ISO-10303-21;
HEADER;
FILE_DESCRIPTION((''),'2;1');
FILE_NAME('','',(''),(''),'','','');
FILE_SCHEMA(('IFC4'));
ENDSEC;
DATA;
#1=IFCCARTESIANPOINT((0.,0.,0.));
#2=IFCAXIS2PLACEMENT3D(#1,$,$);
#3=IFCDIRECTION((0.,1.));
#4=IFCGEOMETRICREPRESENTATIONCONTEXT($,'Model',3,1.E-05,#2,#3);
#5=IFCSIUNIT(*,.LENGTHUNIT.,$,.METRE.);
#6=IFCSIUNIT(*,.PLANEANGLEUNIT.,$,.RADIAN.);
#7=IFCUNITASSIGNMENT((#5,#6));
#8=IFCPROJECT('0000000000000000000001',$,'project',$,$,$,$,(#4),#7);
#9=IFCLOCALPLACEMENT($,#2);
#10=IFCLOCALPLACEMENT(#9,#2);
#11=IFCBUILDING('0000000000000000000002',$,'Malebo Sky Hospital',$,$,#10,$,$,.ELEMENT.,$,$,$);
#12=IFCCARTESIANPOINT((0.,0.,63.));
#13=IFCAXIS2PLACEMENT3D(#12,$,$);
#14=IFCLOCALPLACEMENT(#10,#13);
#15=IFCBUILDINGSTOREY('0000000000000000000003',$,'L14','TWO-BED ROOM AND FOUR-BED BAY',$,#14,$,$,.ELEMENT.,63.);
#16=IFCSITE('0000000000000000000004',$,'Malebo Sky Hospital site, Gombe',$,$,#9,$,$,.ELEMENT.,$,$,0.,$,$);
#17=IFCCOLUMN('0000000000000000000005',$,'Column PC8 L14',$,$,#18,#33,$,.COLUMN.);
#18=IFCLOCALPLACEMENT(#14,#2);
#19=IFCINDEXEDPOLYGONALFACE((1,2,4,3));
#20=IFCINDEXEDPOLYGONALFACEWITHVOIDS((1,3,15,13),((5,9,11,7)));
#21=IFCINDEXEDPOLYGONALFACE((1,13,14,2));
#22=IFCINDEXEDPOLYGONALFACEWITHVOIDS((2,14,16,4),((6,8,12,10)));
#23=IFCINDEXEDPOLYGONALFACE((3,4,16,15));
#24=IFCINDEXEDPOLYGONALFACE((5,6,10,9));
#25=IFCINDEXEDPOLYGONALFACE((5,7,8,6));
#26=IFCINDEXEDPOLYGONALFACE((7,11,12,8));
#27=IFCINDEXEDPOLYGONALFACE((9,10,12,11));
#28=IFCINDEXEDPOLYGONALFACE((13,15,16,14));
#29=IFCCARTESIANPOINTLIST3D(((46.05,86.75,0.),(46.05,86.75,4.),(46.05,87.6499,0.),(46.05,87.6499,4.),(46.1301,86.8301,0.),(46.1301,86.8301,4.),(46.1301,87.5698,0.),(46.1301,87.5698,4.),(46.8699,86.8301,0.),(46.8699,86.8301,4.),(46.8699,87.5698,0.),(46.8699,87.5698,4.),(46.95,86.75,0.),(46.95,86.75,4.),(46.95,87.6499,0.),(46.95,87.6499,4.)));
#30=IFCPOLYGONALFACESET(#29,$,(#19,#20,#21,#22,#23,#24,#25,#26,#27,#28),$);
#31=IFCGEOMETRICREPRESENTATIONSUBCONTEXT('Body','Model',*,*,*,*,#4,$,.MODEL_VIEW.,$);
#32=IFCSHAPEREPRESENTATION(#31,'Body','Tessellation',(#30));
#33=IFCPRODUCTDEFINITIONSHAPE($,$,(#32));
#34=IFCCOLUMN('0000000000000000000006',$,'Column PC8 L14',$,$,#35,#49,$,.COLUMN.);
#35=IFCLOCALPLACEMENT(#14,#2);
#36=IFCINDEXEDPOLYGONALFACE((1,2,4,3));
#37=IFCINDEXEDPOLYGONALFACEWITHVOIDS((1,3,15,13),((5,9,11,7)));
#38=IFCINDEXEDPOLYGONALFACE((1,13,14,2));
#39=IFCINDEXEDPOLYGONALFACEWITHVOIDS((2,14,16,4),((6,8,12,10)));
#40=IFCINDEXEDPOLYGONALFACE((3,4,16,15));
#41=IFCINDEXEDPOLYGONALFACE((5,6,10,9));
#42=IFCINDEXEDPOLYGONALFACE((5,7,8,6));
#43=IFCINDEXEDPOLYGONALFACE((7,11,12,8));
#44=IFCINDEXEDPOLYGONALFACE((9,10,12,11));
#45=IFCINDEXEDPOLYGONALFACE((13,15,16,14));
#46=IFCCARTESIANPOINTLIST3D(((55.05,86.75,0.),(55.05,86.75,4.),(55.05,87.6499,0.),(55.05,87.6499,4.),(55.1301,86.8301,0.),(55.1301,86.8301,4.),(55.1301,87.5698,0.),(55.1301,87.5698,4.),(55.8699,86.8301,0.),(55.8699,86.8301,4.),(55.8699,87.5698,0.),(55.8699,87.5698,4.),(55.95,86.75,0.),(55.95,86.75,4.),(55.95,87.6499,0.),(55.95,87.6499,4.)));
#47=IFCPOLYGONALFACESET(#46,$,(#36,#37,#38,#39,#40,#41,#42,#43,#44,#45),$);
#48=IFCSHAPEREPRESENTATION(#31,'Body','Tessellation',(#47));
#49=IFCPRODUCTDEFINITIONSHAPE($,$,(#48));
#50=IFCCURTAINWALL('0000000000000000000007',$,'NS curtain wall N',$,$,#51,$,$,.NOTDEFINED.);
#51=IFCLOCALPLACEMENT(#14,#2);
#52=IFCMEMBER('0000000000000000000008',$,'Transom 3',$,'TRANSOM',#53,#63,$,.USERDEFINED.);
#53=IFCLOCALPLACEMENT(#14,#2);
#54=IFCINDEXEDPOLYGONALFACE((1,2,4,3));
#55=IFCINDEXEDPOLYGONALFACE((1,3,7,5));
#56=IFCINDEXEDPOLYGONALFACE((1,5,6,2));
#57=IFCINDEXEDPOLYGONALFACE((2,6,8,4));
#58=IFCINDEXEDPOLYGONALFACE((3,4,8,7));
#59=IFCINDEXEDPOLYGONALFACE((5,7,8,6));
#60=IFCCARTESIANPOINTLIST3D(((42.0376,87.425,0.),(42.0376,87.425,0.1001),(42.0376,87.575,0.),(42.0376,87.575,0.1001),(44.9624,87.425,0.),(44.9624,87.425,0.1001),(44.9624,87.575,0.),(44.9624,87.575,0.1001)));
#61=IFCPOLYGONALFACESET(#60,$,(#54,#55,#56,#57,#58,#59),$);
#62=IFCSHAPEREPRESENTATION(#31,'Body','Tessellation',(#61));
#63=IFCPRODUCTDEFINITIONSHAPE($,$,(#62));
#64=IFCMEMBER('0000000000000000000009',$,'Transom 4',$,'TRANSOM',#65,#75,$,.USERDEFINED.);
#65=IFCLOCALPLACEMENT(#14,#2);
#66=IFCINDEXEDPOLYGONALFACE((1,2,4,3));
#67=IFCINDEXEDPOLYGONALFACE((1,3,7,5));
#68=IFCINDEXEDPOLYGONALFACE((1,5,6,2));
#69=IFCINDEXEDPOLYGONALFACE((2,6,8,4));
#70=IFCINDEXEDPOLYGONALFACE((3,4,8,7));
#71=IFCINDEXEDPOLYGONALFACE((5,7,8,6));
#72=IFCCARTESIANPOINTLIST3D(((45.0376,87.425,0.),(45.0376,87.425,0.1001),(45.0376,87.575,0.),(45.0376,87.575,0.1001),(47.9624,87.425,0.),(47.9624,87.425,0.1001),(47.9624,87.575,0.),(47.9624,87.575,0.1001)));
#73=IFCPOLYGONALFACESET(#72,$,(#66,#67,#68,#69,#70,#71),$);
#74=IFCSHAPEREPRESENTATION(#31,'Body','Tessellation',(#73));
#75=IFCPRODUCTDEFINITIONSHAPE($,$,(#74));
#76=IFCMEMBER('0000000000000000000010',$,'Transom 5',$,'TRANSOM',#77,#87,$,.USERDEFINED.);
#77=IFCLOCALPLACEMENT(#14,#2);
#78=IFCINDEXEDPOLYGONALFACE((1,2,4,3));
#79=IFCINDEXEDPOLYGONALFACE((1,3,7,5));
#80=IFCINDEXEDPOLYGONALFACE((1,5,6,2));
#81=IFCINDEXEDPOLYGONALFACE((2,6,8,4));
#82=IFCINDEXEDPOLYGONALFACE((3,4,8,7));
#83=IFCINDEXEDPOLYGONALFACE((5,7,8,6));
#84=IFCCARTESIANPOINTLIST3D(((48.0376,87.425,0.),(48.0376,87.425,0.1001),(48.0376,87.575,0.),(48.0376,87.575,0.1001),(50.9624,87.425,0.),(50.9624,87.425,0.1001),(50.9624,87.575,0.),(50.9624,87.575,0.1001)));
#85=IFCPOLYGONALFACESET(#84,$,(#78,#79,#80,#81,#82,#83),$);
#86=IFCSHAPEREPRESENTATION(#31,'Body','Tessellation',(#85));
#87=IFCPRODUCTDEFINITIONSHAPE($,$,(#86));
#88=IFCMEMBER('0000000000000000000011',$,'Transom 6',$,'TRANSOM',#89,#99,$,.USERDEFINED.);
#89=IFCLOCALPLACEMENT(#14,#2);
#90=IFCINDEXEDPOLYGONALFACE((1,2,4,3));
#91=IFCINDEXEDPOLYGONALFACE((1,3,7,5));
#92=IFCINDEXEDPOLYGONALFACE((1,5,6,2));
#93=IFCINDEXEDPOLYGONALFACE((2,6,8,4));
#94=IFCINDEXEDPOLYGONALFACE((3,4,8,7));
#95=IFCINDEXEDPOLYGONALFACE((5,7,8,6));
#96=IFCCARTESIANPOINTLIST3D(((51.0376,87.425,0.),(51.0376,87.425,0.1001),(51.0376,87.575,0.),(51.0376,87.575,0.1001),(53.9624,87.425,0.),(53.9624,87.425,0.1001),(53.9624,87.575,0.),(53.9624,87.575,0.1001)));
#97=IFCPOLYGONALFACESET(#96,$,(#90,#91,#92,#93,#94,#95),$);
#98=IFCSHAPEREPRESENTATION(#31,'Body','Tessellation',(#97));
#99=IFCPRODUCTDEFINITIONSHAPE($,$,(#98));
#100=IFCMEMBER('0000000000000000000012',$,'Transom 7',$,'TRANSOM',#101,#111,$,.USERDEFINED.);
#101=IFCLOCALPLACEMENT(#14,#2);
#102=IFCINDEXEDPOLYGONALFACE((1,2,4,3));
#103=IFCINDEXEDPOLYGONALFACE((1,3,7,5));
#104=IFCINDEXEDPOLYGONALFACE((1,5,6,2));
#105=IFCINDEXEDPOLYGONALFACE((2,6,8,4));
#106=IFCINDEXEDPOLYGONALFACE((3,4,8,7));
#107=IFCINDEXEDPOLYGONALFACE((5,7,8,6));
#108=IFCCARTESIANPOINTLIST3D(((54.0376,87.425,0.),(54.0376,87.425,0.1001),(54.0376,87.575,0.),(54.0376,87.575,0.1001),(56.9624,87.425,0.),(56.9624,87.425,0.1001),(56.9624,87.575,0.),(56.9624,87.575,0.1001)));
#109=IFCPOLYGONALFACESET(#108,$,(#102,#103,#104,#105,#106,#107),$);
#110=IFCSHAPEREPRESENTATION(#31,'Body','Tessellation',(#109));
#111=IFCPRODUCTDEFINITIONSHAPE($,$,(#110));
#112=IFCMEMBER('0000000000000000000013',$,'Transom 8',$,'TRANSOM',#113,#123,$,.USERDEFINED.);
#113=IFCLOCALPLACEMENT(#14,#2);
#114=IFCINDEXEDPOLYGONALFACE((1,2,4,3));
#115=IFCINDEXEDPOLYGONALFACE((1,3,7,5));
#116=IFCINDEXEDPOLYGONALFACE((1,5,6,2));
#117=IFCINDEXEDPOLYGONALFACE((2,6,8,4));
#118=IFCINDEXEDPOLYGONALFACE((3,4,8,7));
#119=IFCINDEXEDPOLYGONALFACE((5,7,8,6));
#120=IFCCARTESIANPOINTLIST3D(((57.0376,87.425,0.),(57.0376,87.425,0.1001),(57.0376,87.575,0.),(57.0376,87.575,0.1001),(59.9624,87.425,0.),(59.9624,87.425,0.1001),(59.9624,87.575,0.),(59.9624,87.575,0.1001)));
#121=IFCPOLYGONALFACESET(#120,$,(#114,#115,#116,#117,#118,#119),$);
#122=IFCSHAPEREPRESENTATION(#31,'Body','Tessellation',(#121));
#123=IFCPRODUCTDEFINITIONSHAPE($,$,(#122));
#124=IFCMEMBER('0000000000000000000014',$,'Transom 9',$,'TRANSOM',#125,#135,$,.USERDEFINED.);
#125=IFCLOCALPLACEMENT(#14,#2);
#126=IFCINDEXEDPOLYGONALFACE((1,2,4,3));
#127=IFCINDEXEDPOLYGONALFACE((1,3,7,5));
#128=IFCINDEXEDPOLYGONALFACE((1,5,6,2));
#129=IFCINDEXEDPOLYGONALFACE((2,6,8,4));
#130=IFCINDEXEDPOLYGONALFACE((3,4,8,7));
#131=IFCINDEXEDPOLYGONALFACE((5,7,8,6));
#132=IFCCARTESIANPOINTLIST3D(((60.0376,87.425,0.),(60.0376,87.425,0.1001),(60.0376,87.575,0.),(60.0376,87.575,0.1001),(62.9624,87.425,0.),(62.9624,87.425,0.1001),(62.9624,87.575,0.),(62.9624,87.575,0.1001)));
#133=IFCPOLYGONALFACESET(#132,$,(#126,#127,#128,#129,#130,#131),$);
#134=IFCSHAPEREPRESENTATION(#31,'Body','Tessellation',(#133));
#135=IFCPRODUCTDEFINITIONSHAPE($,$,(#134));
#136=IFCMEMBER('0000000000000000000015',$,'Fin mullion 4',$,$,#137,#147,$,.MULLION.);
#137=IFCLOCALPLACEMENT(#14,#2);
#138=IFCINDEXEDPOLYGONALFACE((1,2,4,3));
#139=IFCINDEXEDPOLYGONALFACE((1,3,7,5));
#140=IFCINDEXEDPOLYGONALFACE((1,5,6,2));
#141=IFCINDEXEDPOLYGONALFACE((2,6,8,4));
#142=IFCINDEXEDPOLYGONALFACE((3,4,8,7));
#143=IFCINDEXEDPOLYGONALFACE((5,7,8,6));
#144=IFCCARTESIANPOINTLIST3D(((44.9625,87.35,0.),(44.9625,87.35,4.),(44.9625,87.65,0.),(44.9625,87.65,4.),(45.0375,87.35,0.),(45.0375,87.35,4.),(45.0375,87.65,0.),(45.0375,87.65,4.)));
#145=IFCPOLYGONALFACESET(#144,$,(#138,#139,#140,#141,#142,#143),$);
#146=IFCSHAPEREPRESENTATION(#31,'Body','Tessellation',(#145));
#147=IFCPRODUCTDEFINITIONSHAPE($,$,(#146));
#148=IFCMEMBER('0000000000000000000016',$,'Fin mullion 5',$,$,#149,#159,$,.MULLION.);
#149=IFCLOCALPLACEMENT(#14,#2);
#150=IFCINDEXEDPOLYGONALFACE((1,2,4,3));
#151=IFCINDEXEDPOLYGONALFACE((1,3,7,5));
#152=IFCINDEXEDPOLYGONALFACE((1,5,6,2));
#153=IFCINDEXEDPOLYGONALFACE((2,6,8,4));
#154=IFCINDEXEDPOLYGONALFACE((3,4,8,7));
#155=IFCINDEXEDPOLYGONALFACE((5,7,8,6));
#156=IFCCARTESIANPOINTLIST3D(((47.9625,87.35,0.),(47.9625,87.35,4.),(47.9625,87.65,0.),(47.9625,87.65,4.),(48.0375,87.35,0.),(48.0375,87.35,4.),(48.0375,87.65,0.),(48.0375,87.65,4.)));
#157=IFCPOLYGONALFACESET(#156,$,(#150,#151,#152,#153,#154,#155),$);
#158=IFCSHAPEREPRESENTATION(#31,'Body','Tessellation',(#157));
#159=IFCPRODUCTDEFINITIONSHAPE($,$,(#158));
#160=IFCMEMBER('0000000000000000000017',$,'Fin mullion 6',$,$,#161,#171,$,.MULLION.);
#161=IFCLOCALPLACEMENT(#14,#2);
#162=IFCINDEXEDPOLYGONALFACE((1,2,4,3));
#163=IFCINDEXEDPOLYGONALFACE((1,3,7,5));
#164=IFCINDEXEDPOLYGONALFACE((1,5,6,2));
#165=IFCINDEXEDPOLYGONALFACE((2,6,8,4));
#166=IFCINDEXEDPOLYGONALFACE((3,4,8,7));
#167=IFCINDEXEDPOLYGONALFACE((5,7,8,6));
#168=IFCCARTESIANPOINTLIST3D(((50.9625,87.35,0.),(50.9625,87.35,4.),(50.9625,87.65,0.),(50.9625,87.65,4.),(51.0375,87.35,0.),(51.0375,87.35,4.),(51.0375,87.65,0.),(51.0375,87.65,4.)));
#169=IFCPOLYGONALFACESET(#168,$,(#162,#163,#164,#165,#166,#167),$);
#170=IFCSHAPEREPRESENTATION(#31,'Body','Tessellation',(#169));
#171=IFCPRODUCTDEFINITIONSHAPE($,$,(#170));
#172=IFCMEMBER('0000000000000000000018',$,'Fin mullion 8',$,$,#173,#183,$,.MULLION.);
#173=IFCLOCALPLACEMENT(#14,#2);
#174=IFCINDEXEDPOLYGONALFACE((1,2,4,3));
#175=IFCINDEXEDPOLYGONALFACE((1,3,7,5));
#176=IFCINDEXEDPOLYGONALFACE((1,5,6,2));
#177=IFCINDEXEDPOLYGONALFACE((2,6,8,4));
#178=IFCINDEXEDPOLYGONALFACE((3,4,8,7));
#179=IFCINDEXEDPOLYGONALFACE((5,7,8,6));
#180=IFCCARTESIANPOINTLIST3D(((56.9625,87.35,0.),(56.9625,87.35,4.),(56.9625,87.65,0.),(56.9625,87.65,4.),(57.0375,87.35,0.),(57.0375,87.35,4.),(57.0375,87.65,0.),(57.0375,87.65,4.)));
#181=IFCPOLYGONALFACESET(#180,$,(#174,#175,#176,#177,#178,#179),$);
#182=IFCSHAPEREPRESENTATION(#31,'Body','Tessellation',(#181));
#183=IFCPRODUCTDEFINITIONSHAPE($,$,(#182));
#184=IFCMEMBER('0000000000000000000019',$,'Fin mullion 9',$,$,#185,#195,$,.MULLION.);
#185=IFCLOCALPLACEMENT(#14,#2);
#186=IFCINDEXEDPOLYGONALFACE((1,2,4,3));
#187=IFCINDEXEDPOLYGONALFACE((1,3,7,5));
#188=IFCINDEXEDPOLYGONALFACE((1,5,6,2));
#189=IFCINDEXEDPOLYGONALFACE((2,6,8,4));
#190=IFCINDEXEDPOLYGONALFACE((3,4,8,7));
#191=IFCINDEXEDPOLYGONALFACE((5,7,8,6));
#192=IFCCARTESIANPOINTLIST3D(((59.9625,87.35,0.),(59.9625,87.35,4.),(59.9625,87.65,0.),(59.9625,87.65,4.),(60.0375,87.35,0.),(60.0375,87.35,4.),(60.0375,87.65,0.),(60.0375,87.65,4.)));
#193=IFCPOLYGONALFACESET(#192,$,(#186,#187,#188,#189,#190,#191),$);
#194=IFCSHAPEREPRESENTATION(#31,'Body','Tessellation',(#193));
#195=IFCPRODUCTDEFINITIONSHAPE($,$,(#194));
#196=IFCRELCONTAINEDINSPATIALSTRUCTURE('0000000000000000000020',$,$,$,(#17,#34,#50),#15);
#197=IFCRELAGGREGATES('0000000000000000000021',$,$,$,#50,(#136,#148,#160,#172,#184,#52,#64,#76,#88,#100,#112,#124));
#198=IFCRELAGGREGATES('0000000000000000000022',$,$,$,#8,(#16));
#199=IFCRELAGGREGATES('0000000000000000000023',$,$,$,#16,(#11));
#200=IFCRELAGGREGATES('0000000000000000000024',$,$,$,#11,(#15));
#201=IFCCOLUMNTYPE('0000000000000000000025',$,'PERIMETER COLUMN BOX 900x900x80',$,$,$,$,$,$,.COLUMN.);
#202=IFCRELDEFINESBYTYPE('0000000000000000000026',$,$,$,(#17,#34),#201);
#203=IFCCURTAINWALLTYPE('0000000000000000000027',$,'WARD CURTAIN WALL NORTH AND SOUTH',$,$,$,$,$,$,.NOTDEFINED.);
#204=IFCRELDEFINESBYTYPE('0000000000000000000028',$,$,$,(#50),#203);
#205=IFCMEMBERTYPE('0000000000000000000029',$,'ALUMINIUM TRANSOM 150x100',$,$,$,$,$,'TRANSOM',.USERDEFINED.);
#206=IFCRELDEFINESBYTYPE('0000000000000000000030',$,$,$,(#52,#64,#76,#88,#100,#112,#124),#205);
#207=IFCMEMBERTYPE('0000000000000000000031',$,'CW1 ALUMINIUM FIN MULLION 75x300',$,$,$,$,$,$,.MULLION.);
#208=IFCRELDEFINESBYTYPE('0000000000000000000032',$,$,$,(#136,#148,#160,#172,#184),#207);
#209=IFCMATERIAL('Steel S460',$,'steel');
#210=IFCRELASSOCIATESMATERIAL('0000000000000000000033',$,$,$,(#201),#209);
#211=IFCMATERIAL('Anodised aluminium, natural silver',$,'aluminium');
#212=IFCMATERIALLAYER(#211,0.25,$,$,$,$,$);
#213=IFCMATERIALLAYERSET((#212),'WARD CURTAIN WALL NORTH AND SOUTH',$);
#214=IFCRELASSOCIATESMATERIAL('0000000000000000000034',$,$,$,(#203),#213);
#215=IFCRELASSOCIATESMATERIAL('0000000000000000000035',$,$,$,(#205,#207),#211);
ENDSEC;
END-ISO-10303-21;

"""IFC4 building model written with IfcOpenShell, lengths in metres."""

from ifc_helpers import new_model, si_unit, direction, frame, origin, origin_2d, place, context, subcontext, project, spatial, rectangle, hollow_rectangle, extrude, material, layer, layer_set, material_profile, profile_set, type_object, element, aggregate, save


model = new_model("IFC4")

# Units and contexts
model_context = context("Model", 3, precision=1e-05, world=origin(), true_north=direction((0.0, 1.0)))
body_context = subcontext(model_context, "Body", "Model", "MODEL_VIEW")
ifc_project = project(units=[si_unit("LENGTHUNIT", "METRE"), si_unit("PLANEANGLEUNIT", "RADIAN")], contexts=[model_context])

# Site, building, storey
site_placement = place(None, origin())
site = spatial("IfcSite", under=ifc_project, at=site_placement, Name="Malebo Sky Hospital site, Gombe", CompositionType="ELEMENT", RefElevation=0.0)
building_placement = place(site_placement, origin())
building = spatial("IfcBuilding", under=site, at=building_placement, Name="Malebo Sky Hospital", CompositionType="ELEMENT")
storey_placement = place(building_placement, frame((0.0, 0.0, 63.0)))
storey = spatial("IfcBuildingStorey", under=building, at=storey_placement, Name="L14", Description="TWO-BED ROOM AND FOUR-BED BAY", CompositionType="ELEMENT", Elevation=63.0)

# Columns
ifc_material_1 = material(Name="Steel S460", Category="steel")
ifc_material_profile_1 = material_profile(ifc_material_1, hollow_rectangle(XDim=0.8999, YDim=0.8999, WallThickness=0.0801, at=origin_2d()), Name="BOX 900x900x80")
ifc_profile_set_1 = profile_set([ifc_material_profile_1], Name="Steel S460")
column_type = type_object("IfcColumnType", Name="PERIMETER COLUMN BOX 900x900x80", PredefinedType="COLUMN", material=ifc_profile_set_1)
for number, where, z_axis, x_axis, name in (
    (1, (46.5, 87.2, 0.0), (0.0, 0.0, 1.0), (1.0, 0.0, 0.0), "Column PC8 L14"),
    (2, (55.5, 87.2, 0.0), (0.0, 0.0, 1.0), (1.0, 0.0, 0.0), "Column PC8 L14"),
):
    element("IfcColumn", number, at=place(storey_placement, frame(where, z_axis=z_axis, x_axis=x_axis)), inside=storey, type_object=column_type, Name=name, PredefinedType="COLUMN", context=body_context, shape_type="SweptSolid", body=[
        extrude(hollow_rectangle(XDim=0.8999, YDim=0.8999, WallThickness=0.0801, at=origin_2d()), origin(), (0.0, 0.0, 1.0), 4.0),
    ])

# Curtain wall, members
ifc_material_2 = material(Name="Anodised aluminium, natural silver", Category="aluminium")
ifc_layer_1 = layer(ifc_material_2, 0.25)
ifc_layer_set_1 = layer_set([ifc_layer_1], Name="WARD CURTAIN WALL NORTH AND SOUTH")
curtain_wall_type = type_object("IfcCurtainWallType", Name="WARD CURTAIN WALL NORTH AND SOUTH", PredefinedType="NOTDEFINED", material=ifc_layer_set_1)
curtain_wall_placement = place(storey_placement, origin())
curtain_wall = element("IfcCurtainWall", 3, at=curtain_wall_placement, inside=storey, type_object=curtain_wall_type, Name="NS curtain wall N", PredefinedType="NOTDEFINED")
ifc_material_profile_2 = material_profile(ifc_material_2, rectangle(XDim=0.1499, YDim=0.1001, at=origin_2d()), Name="ALUMINIUM TRANSOM 150x100")
ifc_profile_set_2 = profile_set([ifc_material_profile_2], Name="Anodised aluminium, natural silver")
member_type_1 = type_object("IfcMemberType", Name="ALUMINIUM TRANSOM 150x100", ElementType="TRANSOM", PredefinedType="USERDEFINED", material=ifc_profile_set_2)
member_1_placement = place(storey_placement, frame((42.0376, 87.5, 0.05), z_axis=(1.0, 0.0, 0.0), x_axis=(0.0, 1.0, 0.0)))
member_1 = element("IfcMember", 4, at=member_1_placement, type_object=member_type_1, Name="Transom 3", ObjectType="TRANSOM", PredefinedType="USERDEFINED", context=body_context, shape_type="SweptSolid", body=[
    extrude(rectangle(XDim=0.1499, YDim=0.1001, at=origin_2d()), origin(), (0.0, 0.0, 1.0), 2.9248),
])
member_2_placement = place(storey_placement, frame((45.0376, 87.5, 0.05), z_axis=(1.0, 0.0, 0.0), x_axis=(0.0, 1.0, 0.0)))
member_2 = element("IfcMember", 5, at=member_2_placement, type_object=member_type_1, Name="Transom 4", ObjectType="TRANSOM", PredefinedType="USERDEFINED", context=body_context, shape_type="SweptSolid", body=[
    extrude(rectangle(XDim=0.1499, YDim=0.1001, at=origin_2d()), origin(), (0.0, 0.0, 1.0), 2.9248),
])
member_3_placement = place(storey_placement, frame((48.0376, 87.5, 0.05), z_axis=(1.0, 0.0, 0.0), x_axis=(0.0, 1.0, 0.0)))
member_3 = element("IfcMember", 6, at=member_3_placement, type_object=member_type_1, Name="Transom 5", ObjectType="TRANSOM", PredefinedType="USERDEFINED", context=body_context, shape_type="SweptSolid", body=[
    extrude(rectangle(XDim=0.1499, YDim=0.1001, at=origin_2d()), origin(), (0.0, 0.0, 1.0), 2.9248),
])
member_4_placement = place(storey_placement, frame((51.0376, 87.5, 0.05), z_axis=(1.0, 0.0, 0.0), x_axis=(0.0, 1.0, 0.0)))
member_4 = element("IfcMember", 7, at=member_4_placement, type_object=member_type_1, Name="Transom 6", ObjectType="TRANSOM", PredefinedType="USERDEFINED", context=body_context, shape_type="SweptSolid", body=[
    extrude(rectangle(XDim=0.1499, YDim=0.1001, at=origin_2d()), origin(), (0.0, 0.0, 1.0), 2.9248),
])
member_5_placement = place(storey_placement, frame((54.0376, 87.5, 0.05), z_axis=(1.0, 0.0, 0.0), x_axis=(0.0, 1.0, 0.0)))
member_5 = element("IfcMember", 8, at=member_5_placement, type_object=member_type_1, Name="Transom 7", ObjectType="TRANSOM", PredefinedType="USERDEFINED", context=body_context, shape_type="SweptSolid", body=[
    extrude(rectangle(XDim=0.1499, YDim=0.1001, at=origin_2d()), origin(), (0.0, 0.0, 1.0), 2.9248),
])
member_6_placement = place(storey_placement, frame((57.0376, 87.5, 0.05), z_axis=(1.0, 0.0, 0.0), x_axis=(0.0, 1.0, 0.0)))
member_6 = element("IfcMember", 9, at=member_6_placement, type_object=member_type_1, Name="Transom 8", ObjectType="TRANSOM", PredefinedType="USERDEFINED", context=body_context, shape_type="SweptSolid", body=[
    extrude(rectangle(XDim=0.1499, YDim=0.1001, at=origin_2d()), origin(), (0.0, 0.0, 1.0), 2.9248),
])
member_7_placement = place(storey_placement, frame((60.0376, 87.5, 0.05), z_axis=(1.0, 0.0, 0.0), x_axis=(0.0, 1.0, 0.0)))
member_7 = element("IfcMember", 10, at=member_7_placement, type_object=member_type_1, Name="Transom 9", ObjectType="TRANSOM", PredefinedType="USERDEFINED", context=body_context, shape_type="SweptSolid", body=[
    extrude(rectangle(XDim=0.1499, YDim=0.1001, at=origin_2d()), origin(), (0.0, 0.0, 1.0), 2.9248),
])
ifc_material_profile_3 = material_profile(ifc_material_2, rectangle(XDim=0.075, YDim=0.3, at=origin_2d()), Name="CW1 ALUMINIUM FIN MULLION 75x300")
ifc_profile_set_3 = profile_set([ifc_material_profile_3], Name="Anodised aluminium, natural silver")
member_type_2 = type_object("IfcMemberType", Name="CW1 ALUMINIUM FIN MULLION 75x300", PredefinedType="MULLION", material=ifc_profile_set_3)
member_8_placement = place(storey_placement, frame((45.0, 87.5, 0.0), z_axis=(0.0, 0.0, 1.0), x_axis=(1.0, 0.0, 0.0)))
member_8 = element("IfcMember", 11, at=member_8_placement, type_object=member_type_2, Name="Fin mullion 4", PredefinedType="MULLION", context=body_context, shape_type="SweptSolid", body=[
    extrude(rectangle(XDim=0.075, YDim=0.3, at=origin_2d()), origin(), (0.0, 0.0, 1.0), 4.0),
])
member_9_placement = place(storey_placement, frame((48.0, 87.5, 0.0), z_axis=(0.0, 0.0, 1.0), x_axis=(1.0, 0.0, 0.0)))
member_9 = element("IfcMember", 12, at=member_9_placement, type_object=member_type_2, Name="Fin mullion 5", PredefinedType="MULLION", context=body_context, shape_type="SweptSolid", body=[
    extrude(rectangle(XDim=0.075, YDim=0.3, at=origin_2d()), origin(), (0.0, 0.0, 1.0), 4.0),
])
member_10_placement = place(storey_placement, frame((51.0, 87.5, 0.0), z_axis=(0.0, 0.0, 1.0), x_axis=(1.0, 0.0, 0.0)))
member_10 = element("IfcMember", 13, at=member_10_placement, type_object=member_type_2, Name="Fin mullion 6", PredefinedType="MULLION", context=body_context, shape_type="SweptSolid", body=[
    extrude(rectangle(XDim=0.075, YDim=0.3, at=origin_2d()), origin(), (0.0, 0.0, 1.0), 4.0),
])
member_11_placement = place(storey_placement, frame((57.0, 87.5, 0.0), z_axis=(0.0, 0.0, 1.0), x_axis=(1.0, 0.0, 0.0)))
member_11 = element("IfcMember", 14, at=member_11_placement, type_object=member_type_2, Name="Fin mullion 8", PredefinedType="MULLION", context=body_context, shape_type="SweptSolid", body=[
    extrude(rectangle(XDim=0.075, YDim=0.3, at=origin_2d()), origin(), (0.0, 0.0, 1.0), 4.0),
])
member_12_placement = place(storey_placement, frame((60.0, 87.5, 0.0), z_axis=(0.0, 0.0, 1.0), x_axis=(1.0, 0.0, 0.0)))
member_12 = element("IfcMember", 15, at=member_12_placement, type_object=member_type_2, Name="Fin mullion 9", PredefinedType="MULLION", context=body_context, shape_type="SweptSolid", body=[
    extrude(rectangle(XDim=0.075, YDim=0.3, at=origin_2d()), origin(), (0.0, 0.0, 1.0), 4.0),
])

aggregate(curtain_wall, [member_8, member_9, member_10, member_11, member_12, member_1, member_2, member_3, member_4, member_5, member_6, member_7])

save(model, "model.ifc")
